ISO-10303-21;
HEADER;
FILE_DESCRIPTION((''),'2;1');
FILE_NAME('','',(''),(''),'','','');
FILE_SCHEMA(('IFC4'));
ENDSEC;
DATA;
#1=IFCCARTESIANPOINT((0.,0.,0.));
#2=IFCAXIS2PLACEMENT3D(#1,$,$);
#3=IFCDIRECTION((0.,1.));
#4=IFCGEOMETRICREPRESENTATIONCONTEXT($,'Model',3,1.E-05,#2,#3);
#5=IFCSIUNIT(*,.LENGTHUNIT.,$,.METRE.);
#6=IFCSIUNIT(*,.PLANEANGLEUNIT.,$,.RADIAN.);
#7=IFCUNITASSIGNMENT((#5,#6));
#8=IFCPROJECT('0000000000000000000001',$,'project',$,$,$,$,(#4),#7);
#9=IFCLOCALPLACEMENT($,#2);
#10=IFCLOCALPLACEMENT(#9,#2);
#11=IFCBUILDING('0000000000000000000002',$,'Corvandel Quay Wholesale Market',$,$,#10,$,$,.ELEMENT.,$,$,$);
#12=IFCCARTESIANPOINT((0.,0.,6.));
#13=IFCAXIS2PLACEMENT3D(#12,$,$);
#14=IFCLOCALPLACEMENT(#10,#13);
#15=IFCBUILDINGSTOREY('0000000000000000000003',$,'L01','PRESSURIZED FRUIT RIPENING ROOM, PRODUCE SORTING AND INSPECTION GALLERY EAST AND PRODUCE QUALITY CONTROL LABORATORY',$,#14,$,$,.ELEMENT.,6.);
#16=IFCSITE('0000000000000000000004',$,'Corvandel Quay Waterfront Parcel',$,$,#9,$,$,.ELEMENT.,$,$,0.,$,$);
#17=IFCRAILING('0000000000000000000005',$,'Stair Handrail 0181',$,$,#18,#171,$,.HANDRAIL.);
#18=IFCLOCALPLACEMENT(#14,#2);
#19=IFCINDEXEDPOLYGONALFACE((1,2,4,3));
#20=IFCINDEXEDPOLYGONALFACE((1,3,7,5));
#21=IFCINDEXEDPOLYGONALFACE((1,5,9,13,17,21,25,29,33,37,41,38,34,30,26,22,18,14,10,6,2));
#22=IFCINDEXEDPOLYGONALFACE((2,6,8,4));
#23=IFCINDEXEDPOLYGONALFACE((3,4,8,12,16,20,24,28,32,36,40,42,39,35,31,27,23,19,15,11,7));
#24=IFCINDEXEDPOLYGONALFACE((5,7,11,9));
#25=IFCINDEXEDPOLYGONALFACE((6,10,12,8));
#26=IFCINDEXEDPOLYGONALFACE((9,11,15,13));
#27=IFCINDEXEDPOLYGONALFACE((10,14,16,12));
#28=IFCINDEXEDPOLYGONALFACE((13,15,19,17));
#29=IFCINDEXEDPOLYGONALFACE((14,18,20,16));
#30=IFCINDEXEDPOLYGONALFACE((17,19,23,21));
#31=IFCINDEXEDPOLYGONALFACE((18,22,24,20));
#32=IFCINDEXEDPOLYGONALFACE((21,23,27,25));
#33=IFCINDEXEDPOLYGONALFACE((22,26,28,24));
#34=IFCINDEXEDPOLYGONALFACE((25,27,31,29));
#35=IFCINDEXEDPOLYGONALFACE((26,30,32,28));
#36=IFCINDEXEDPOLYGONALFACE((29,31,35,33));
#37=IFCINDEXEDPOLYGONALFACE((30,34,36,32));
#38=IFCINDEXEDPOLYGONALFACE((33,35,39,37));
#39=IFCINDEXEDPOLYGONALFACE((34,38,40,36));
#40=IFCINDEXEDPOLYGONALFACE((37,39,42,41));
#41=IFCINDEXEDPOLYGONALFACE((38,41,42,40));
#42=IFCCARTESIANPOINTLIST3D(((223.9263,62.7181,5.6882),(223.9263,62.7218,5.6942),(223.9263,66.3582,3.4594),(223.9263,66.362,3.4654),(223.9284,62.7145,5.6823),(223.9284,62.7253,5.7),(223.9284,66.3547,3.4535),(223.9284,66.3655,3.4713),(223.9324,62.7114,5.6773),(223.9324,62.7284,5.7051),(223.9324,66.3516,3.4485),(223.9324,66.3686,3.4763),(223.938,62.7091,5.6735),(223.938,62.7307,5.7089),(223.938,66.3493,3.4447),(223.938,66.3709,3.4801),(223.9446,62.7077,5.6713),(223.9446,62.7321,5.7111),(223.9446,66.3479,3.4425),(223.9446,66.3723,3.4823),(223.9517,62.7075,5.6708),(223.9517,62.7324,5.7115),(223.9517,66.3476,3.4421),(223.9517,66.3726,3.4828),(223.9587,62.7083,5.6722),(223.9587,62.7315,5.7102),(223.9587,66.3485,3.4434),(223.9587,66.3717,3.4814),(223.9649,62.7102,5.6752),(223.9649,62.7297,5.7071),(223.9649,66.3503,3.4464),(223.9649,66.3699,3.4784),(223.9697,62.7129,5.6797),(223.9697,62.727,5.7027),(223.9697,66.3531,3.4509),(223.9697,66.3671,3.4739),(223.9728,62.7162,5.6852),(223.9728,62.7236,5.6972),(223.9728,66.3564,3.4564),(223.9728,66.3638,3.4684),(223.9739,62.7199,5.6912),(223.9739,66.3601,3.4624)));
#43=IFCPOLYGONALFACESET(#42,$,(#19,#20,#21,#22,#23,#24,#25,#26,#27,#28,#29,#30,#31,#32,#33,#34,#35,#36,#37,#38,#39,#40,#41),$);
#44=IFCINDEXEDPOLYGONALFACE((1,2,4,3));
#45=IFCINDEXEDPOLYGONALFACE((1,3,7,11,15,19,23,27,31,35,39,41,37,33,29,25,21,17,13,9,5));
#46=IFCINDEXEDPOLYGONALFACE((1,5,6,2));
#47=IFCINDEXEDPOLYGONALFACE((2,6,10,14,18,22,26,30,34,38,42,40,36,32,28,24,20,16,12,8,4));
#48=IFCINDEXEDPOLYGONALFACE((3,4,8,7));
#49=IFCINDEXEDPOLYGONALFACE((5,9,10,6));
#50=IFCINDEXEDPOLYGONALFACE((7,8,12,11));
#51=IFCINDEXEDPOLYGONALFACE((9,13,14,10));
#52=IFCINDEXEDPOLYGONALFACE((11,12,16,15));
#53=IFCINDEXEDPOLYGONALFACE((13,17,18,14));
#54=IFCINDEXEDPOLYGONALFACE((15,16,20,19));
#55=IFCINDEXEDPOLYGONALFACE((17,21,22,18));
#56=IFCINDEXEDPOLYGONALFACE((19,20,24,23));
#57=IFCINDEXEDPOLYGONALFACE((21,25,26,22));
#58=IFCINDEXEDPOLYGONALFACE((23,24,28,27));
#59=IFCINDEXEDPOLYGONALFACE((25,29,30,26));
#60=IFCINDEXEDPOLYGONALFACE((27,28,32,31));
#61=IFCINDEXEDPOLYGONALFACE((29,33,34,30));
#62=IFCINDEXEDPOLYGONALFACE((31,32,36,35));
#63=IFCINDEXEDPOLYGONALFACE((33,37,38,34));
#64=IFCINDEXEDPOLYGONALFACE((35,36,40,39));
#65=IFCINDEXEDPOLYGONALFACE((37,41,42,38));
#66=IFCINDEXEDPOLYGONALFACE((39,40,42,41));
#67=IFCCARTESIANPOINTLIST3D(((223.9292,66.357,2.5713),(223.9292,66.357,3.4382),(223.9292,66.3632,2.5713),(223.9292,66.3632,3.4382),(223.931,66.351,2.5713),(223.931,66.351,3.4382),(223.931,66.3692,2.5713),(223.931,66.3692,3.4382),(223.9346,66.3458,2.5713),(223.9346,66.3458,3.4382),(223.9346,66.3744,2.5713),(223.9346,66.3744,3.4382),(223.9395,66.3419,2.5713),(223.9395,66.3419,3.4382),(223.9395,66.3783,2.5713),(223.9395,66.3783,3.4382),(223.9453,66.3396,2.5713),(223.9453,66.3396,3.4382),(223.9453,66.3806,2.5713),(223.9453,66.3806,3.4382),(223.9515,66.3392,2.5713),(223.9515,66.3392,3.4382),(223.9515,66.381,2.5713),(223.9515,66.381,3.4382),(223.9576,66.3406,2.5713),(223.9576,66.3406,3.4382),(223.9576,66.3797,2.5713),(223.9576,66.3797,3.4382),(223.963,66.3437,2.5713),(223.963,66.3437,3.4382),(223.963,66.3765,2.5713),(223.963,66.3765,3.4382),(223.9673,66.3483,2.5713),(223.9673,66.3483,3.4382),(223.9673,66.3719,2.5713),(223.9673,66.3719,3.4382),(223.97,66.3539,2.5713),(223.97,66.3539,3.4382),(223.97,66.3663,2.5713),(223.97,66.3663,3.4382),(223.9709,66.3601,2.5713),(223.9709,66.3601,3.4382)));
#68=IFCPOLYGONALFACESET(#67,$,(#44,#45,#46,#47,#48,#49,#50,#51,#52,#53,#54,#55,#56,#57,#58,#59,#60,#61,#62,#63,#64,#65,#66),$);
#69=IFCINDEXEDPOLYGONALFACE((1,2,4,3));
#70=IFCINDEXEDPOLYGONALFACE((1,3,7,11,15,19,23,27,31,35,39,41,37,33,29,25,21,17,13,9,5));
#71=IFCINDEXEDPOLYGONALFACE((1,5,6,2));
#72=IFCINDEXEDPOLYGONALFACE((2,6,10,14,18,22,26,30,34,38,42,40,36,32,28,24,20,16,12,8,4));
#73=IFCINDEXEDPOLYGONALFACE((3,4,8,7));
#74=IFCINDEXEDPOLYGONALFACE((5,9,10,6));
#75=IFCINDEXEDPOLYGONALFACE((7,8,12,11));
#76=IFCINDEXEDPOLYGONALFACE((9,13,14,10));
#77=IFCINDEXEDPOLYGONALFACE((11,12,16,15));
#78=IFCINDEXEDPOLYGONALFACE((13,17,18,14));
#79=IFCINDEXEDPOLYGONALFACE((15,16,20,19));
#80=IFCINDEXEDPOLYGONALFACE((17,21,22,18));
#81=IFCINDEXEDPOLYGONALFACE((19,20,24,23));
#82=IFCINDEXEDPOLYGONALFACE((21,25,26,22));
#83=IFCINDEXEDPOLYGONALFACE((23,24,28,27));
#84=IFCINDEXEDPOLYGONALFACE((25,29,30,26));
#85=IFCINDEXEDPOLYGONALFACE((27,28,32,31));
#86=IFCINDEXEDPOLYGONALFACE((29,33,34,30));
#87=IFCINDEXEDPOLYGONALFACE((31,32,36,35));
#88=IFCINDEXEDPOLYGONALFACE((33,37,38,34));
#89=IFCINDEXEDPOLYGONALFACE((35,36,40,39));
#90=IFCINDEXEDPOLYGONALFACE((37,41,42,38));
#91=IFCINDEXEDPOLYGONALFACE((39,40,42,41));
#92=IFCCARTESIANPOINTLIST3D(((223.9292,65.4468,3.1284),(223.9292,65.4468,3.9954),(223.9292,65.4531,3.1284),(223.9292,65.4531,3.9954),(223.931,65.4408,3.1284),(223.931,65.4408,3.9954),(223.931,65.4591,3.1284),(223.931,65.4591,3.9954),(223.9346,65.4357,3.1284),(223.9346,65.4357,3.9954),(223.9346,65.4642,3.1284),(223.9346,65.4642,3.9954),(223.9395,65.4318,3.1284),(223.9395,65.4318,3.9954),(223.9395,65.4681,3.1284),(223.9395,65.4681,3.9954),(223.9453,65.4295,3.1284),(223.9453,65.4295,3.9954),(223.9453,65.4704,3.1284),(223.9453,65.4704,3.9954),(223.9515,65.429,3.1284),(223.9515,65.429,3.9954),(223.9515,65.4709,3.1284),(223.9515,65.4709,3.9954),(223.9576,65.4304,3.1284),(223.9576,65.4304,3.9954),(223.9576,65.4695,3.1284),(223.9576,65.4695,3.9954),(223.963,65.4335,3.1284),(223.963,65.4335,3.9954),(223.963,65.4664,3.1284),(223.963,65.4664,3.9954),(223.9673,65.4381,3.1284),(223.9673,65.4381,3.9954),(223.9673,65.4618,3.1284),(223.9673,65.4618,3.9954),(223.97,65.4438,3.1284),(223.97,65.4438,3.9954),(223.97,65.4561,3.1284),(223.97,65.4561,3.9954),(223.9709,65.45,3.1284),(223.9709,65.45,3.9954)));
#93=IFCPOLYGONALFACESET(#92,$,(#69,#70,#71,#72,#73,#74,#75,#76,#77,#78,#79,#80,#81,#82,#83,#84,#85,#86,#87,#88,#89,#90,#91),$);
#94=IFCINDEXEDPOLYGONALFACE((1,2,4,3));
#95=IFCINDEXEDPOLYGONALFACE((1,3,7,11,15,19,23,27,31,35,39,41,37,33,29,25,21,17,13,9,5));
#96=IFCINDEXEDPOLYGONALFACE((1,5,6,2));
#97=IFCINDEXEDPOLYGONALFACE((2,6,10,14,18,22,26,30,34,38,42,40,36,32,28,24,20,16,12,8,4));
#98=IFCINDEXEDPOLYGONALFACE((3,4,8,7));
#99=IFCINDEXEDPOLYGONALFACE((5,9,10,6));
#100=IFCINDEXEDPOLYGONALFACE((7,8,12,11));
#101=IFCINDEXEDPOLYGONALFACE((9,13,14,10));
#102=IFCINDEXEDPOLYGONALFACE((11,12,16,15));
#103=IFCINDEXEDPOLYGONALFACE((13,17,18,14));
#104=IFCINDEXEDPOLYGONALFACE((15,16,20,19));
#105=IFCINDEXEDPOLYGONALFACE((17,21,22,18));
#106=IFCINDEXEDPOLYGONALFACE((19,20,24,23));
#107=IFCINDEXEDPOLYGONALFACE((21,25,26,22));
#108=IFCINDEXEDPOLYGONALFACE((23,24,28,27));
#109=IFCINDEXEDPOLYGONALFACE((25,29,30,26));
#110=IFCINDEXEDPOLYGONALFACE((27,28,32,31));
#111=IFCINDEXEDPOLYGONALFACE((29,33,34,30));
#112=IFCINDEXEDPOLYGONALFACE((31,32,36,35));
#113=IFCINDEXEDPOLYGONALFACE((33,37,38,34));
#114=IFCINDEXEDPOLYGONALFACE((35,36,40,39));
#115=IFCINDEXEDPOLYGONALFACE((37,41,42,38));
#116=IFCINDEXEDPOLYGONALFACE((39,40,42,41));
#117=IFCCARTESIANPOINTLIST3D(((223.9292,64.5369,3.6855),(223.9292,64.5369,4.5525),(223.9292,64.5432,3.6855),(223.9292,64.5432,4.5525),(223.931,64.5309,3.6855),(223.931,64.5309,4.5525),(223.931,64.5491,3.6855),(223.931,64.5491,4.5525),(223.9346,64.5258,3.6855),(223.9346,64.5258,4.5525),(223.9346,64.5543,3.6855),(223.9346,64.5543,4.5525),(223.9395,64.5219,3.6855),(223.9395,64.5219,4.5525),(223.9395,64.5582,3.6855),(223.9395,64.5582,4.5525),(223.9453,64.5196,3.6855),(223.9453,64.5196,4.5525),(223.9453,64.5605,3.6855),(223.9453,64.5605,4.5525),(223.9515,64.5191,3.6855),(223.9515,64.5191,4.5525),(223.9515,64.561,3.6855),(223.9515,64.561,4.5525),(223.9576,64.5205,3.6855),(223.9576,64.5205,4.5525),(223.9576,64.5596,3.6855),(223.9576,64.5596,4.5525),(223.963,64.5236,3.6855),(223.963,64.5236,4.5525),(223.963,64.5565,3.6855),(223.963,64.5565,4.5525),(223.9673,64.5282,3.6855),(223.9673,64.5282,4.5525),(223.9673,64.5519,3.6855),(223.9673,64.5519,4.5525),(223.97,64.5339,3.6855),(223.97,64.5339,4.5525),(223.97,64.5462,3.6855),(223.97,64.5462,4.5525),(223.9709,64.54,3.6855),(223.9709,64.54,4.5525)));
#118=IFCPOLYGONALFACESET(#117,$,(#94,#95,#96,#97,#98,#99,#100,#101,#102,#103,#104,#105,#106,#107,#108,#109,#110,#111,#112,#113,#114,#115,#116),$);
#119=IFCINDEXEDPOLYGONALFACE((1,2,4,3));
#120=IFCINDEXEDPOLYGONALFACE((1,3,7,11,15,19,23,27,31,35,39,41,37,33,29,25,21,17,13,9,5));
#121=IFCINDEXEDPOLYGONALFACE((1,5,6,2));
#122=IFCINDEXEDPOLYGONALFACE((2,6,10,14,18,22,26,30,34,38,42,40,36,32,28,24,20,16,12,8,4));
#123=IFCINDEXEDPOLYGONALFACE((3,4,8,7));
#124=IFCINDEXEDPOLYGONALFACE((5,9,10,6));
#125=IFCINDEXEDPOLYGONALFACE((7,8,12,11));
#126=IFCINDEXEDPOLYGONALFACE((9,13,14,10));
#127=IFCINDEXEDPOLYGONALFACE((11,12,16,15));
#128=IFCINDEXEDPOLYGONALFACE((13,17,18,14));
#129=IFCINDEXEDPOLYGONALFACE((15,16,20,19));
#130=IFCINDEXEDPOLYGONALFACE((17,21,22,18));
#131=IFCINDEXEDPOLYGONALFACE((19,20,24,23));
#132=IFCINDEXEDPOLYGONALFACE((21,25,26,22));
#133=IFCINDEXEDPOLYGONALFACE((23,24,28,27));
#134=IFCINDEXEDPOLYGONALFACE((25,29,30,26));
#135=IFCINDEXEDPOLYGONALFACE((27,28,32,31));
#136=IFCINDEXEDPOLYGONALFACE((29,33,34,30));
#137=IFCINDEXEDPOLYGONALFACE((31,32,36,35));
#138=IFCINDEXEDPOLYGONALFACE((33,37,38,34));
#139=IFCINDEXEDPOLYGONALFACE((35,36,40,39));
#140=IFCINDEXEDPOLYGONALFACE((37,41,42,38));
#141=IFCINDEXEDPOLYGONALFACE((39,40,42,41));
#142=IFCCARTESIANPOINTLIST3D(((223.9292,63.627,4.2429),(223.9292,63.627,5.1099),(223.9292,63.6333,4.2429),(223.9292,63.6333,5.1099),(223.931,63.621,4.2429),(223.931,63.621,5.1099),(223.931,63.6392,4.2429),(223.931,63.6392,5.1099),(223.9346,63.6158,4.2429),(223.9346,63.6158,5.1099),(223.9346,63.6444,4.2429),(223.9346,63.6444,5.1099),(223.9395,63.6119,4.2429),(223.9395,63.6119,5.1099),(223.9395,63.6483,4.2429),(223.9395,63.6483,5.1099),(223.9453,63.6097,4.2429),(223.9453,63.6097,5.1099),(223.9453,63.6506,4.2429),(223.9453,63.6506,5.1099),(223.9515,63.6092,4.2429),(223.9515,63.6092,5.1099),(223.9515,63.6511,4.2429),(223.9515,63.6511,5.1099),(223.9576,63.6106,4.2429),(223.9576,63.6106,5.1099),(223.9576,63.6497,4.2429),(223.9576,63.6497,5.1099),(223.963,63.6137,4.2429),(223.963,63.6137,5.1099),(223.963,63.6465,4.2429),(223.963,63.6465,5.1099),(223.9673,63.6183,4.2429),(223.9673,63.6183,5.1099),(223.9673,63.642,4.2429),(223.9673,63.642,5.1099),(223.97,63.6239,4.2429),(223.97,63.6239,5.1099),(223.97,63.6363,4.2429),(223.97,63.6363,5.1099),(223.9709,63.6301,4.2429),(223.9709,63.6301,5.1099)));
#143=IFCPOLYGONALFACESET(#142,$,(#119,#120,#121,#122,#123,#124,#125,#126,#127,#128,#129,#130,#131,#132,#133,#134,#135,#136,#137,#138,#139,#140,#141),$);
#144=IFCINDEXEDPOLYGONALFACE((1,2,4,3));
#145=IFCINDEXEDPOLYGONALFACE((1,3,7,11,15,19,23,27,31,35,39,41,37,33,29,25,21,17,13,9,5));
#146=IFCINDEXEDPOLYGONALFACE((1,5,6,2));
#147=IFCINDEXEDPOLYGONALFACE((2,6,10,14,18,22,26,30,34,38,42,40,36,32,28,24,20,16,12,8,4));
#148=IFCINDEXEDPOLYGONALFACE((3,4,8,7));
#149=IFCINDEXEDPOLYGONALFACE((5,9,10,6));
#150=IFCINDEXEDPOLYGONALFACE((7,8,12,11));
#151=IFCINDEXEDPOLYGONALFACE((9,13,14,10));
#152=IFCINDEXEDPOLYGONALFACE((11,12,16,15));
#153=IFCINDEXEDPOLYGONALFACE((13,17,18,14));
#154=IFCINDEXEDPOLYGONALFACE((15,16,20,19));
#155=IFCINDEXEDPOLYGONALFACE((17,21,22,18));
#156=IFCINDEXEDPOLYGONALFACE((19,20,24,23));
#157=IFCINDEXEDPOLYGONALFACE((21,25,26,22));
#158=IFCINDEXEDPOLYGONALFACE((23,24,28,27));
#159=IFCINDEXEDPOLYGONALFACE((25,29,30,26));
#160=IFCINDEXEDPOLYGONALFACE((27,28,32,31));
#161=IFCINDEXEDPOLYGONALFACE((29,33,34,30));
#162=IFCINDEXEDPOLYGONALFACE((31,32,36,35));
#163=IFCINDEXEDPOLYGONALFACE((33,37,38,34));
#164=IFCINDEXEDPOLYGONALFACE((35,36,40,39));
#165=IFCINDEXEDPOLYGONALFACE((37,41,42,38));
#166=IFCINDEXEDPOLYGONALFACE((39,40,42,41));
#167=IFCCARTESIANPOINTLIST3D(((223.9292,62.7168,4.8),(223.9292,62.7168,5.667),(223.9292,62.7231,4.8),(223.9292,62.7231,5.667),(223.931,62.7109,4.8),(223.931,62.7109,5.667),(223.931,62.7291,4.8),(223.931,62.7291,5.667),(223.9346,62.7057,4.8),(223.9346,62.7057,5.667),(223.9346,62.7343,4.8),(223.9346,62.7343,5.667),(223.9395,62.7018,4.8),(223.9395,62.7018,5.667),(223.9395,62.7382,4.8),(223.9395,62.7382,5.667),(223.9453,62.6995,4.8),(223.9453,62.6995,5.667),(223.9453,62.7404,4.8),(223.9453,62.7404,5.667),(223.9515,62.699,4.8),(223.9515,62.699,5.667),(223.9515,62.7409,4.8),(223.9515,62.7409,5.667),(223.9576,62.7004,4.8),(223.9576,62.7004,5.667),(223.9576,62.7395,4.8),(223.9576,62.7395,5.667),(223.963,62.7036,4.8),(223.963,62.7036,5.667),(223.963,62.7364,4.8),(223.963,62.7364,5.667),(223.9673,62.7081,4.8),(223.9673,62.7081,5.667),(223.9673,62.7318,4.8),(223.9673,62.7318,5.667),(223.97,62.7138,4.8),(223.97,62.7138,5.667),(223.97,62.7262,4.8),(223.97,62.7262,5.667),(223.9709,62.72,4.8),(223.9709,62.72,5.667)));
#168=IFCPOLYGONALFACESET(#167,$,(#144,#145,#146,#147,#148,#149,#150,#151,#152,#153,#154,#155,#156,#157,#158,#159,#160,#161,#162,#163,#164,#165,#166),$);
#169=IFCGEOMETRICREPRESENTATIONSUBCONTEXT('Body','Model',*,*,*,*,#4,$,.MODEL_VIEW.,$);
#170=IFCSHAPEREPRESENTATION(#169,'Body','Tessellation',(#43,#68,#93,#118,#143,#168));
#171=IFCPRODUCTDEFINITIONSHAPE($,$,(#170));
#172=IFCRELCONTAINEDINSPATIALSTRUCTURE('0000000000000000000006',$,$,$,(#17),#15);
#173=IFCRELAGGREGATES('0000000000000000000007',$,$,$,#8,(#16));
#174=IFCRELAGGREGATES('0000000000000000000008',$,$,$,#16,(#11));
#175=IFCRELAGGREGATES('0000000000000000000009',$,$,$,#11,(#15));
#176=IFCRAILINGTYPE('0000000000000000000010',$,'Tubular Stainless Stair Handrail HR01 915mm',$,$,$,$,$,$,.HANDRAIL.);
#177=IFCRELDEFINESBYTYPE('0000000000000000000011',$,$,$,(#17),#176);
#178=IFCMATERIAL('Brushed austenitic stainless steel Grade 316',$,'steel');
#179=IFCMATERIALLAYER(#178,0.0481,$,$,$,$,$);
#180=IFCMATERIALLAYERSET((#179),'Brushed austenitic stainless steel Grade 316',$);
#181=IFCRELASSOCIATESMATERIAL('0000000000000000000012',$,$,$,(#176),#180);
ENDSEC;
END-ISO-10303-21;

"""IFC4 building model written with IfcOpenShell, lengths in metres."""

from ifc_helpers import new_model, si_unit, direction, frame, origin, origin_2d, place, context, subcontext, project, spatial, circle, extrude, material, layer, layer_set, type_object, element, save


model = new_model("IFC4")

# Units and contexts
model_context = context("Model", 3, precision=1e-05, world=origin(), true_north=direction((0.0, 1.0)))
body_context = subcontext(model_context, "Body", "Model", "MODEL_VIEW")
ifc_project = project(units=[si_unit("LENGTHUNIT", "METRE"), si_unit("PLANEANGLEUNIT", "RADIAN")], contexts=[model_context])

# Site, building, storey
site_placement = place(None, origin())
site = spatial("IfcSite", under=ifc_project, at=site_placement, Name="Corvandel Quay Waterfront Parcel", CompositionType="ELEMENT", RefElevation=0.0)
building_placement = place(site_placement, origin())
building = spatial("IfcBuilding", under=site, at=building_placement, Name="Corvandel Quay Wholesale Market", CompositionType="ELEMENT")
storey_placement = place(building_placement, frame((0.0, 0.0, 6.0)))
storey = spatial("IfcBuildingStorey", under=building, at=storey_placement, Name="L01", Description="PRESSURIZED FRUIT RIPENING ROOM, PRODUCE SORTING AND INSPECTION GALLERY EAST AND PRODUCE QUALITY CONTROL LABORATORY", CompositionType="ELEMENT", Elevation=6.0)

# Railing
ifc_material_1 = material(Name="Brushed austenitic stainless steel Grade 316", Category="steel")
ifc_layer_1 = layer(ifc_material_1, 0.0481)
ifc_layer_set_1 = layer_set([ifc_layer_1], Name="Brushed austenitic stainless steel Grade 316")
railing_type_1 = type_object("IfcRailingType", Name="Tubular Stainless Stair Handrail HR01 915mm", PredefinedType="HANDRAIL", material=ifc_layer_set_1)
for number, where, name in (
    (1, (223.95, 66.3601, 2.5713), "Stair Handrail 0181"),
):
    element("IfcRailing", number, at=place(storey_placement, frame(where)), inside=storey, type_object=railing_type_1, Name=name, PredefinedType="HANDRAIL", context=body_context, shape_type="SweptSolid", body=[
        extrude(circle(Radius=0.0239, at=origin_2d()), frame((0.0, 0.0, 0.8911), z_axis=(0.0, -0.85284, 0.522172), x_axis=(1.0, 0.0, 0.0)), (0.0, 0.0, 1.0), 4.2683),
        extrude(circle(Radius=0.021, at=origin_2d()), origin(), (0.0, 0.0, 1.0), 0.8669),
        extrude(circle(Radius=0.021, at=origin_2d()), frame((0.0, -0.9102, 0.5571)), (0.0, 0.0, 1.0), 0.8669),
        extrude(circle(Radius=0.021, at=origin_2d()), frame((0.0, -1.8201, 1.1143)), (0.0, 0.0, 1.0), 0.8669),
        extrude(circle(Radius=0.021, at=origin_2d()), frame((0.0, -2.73, 1.6716)), (0.0, 0.0, 1.0), 0.8669),
        extrude(circle(Radius=0.021, at=origin_2d()), frame((0.0, -3.6401, 2.2288)), (0.0, 0.0, 1.0), 0.8669),
    ])

save(model, "model.ifc")
